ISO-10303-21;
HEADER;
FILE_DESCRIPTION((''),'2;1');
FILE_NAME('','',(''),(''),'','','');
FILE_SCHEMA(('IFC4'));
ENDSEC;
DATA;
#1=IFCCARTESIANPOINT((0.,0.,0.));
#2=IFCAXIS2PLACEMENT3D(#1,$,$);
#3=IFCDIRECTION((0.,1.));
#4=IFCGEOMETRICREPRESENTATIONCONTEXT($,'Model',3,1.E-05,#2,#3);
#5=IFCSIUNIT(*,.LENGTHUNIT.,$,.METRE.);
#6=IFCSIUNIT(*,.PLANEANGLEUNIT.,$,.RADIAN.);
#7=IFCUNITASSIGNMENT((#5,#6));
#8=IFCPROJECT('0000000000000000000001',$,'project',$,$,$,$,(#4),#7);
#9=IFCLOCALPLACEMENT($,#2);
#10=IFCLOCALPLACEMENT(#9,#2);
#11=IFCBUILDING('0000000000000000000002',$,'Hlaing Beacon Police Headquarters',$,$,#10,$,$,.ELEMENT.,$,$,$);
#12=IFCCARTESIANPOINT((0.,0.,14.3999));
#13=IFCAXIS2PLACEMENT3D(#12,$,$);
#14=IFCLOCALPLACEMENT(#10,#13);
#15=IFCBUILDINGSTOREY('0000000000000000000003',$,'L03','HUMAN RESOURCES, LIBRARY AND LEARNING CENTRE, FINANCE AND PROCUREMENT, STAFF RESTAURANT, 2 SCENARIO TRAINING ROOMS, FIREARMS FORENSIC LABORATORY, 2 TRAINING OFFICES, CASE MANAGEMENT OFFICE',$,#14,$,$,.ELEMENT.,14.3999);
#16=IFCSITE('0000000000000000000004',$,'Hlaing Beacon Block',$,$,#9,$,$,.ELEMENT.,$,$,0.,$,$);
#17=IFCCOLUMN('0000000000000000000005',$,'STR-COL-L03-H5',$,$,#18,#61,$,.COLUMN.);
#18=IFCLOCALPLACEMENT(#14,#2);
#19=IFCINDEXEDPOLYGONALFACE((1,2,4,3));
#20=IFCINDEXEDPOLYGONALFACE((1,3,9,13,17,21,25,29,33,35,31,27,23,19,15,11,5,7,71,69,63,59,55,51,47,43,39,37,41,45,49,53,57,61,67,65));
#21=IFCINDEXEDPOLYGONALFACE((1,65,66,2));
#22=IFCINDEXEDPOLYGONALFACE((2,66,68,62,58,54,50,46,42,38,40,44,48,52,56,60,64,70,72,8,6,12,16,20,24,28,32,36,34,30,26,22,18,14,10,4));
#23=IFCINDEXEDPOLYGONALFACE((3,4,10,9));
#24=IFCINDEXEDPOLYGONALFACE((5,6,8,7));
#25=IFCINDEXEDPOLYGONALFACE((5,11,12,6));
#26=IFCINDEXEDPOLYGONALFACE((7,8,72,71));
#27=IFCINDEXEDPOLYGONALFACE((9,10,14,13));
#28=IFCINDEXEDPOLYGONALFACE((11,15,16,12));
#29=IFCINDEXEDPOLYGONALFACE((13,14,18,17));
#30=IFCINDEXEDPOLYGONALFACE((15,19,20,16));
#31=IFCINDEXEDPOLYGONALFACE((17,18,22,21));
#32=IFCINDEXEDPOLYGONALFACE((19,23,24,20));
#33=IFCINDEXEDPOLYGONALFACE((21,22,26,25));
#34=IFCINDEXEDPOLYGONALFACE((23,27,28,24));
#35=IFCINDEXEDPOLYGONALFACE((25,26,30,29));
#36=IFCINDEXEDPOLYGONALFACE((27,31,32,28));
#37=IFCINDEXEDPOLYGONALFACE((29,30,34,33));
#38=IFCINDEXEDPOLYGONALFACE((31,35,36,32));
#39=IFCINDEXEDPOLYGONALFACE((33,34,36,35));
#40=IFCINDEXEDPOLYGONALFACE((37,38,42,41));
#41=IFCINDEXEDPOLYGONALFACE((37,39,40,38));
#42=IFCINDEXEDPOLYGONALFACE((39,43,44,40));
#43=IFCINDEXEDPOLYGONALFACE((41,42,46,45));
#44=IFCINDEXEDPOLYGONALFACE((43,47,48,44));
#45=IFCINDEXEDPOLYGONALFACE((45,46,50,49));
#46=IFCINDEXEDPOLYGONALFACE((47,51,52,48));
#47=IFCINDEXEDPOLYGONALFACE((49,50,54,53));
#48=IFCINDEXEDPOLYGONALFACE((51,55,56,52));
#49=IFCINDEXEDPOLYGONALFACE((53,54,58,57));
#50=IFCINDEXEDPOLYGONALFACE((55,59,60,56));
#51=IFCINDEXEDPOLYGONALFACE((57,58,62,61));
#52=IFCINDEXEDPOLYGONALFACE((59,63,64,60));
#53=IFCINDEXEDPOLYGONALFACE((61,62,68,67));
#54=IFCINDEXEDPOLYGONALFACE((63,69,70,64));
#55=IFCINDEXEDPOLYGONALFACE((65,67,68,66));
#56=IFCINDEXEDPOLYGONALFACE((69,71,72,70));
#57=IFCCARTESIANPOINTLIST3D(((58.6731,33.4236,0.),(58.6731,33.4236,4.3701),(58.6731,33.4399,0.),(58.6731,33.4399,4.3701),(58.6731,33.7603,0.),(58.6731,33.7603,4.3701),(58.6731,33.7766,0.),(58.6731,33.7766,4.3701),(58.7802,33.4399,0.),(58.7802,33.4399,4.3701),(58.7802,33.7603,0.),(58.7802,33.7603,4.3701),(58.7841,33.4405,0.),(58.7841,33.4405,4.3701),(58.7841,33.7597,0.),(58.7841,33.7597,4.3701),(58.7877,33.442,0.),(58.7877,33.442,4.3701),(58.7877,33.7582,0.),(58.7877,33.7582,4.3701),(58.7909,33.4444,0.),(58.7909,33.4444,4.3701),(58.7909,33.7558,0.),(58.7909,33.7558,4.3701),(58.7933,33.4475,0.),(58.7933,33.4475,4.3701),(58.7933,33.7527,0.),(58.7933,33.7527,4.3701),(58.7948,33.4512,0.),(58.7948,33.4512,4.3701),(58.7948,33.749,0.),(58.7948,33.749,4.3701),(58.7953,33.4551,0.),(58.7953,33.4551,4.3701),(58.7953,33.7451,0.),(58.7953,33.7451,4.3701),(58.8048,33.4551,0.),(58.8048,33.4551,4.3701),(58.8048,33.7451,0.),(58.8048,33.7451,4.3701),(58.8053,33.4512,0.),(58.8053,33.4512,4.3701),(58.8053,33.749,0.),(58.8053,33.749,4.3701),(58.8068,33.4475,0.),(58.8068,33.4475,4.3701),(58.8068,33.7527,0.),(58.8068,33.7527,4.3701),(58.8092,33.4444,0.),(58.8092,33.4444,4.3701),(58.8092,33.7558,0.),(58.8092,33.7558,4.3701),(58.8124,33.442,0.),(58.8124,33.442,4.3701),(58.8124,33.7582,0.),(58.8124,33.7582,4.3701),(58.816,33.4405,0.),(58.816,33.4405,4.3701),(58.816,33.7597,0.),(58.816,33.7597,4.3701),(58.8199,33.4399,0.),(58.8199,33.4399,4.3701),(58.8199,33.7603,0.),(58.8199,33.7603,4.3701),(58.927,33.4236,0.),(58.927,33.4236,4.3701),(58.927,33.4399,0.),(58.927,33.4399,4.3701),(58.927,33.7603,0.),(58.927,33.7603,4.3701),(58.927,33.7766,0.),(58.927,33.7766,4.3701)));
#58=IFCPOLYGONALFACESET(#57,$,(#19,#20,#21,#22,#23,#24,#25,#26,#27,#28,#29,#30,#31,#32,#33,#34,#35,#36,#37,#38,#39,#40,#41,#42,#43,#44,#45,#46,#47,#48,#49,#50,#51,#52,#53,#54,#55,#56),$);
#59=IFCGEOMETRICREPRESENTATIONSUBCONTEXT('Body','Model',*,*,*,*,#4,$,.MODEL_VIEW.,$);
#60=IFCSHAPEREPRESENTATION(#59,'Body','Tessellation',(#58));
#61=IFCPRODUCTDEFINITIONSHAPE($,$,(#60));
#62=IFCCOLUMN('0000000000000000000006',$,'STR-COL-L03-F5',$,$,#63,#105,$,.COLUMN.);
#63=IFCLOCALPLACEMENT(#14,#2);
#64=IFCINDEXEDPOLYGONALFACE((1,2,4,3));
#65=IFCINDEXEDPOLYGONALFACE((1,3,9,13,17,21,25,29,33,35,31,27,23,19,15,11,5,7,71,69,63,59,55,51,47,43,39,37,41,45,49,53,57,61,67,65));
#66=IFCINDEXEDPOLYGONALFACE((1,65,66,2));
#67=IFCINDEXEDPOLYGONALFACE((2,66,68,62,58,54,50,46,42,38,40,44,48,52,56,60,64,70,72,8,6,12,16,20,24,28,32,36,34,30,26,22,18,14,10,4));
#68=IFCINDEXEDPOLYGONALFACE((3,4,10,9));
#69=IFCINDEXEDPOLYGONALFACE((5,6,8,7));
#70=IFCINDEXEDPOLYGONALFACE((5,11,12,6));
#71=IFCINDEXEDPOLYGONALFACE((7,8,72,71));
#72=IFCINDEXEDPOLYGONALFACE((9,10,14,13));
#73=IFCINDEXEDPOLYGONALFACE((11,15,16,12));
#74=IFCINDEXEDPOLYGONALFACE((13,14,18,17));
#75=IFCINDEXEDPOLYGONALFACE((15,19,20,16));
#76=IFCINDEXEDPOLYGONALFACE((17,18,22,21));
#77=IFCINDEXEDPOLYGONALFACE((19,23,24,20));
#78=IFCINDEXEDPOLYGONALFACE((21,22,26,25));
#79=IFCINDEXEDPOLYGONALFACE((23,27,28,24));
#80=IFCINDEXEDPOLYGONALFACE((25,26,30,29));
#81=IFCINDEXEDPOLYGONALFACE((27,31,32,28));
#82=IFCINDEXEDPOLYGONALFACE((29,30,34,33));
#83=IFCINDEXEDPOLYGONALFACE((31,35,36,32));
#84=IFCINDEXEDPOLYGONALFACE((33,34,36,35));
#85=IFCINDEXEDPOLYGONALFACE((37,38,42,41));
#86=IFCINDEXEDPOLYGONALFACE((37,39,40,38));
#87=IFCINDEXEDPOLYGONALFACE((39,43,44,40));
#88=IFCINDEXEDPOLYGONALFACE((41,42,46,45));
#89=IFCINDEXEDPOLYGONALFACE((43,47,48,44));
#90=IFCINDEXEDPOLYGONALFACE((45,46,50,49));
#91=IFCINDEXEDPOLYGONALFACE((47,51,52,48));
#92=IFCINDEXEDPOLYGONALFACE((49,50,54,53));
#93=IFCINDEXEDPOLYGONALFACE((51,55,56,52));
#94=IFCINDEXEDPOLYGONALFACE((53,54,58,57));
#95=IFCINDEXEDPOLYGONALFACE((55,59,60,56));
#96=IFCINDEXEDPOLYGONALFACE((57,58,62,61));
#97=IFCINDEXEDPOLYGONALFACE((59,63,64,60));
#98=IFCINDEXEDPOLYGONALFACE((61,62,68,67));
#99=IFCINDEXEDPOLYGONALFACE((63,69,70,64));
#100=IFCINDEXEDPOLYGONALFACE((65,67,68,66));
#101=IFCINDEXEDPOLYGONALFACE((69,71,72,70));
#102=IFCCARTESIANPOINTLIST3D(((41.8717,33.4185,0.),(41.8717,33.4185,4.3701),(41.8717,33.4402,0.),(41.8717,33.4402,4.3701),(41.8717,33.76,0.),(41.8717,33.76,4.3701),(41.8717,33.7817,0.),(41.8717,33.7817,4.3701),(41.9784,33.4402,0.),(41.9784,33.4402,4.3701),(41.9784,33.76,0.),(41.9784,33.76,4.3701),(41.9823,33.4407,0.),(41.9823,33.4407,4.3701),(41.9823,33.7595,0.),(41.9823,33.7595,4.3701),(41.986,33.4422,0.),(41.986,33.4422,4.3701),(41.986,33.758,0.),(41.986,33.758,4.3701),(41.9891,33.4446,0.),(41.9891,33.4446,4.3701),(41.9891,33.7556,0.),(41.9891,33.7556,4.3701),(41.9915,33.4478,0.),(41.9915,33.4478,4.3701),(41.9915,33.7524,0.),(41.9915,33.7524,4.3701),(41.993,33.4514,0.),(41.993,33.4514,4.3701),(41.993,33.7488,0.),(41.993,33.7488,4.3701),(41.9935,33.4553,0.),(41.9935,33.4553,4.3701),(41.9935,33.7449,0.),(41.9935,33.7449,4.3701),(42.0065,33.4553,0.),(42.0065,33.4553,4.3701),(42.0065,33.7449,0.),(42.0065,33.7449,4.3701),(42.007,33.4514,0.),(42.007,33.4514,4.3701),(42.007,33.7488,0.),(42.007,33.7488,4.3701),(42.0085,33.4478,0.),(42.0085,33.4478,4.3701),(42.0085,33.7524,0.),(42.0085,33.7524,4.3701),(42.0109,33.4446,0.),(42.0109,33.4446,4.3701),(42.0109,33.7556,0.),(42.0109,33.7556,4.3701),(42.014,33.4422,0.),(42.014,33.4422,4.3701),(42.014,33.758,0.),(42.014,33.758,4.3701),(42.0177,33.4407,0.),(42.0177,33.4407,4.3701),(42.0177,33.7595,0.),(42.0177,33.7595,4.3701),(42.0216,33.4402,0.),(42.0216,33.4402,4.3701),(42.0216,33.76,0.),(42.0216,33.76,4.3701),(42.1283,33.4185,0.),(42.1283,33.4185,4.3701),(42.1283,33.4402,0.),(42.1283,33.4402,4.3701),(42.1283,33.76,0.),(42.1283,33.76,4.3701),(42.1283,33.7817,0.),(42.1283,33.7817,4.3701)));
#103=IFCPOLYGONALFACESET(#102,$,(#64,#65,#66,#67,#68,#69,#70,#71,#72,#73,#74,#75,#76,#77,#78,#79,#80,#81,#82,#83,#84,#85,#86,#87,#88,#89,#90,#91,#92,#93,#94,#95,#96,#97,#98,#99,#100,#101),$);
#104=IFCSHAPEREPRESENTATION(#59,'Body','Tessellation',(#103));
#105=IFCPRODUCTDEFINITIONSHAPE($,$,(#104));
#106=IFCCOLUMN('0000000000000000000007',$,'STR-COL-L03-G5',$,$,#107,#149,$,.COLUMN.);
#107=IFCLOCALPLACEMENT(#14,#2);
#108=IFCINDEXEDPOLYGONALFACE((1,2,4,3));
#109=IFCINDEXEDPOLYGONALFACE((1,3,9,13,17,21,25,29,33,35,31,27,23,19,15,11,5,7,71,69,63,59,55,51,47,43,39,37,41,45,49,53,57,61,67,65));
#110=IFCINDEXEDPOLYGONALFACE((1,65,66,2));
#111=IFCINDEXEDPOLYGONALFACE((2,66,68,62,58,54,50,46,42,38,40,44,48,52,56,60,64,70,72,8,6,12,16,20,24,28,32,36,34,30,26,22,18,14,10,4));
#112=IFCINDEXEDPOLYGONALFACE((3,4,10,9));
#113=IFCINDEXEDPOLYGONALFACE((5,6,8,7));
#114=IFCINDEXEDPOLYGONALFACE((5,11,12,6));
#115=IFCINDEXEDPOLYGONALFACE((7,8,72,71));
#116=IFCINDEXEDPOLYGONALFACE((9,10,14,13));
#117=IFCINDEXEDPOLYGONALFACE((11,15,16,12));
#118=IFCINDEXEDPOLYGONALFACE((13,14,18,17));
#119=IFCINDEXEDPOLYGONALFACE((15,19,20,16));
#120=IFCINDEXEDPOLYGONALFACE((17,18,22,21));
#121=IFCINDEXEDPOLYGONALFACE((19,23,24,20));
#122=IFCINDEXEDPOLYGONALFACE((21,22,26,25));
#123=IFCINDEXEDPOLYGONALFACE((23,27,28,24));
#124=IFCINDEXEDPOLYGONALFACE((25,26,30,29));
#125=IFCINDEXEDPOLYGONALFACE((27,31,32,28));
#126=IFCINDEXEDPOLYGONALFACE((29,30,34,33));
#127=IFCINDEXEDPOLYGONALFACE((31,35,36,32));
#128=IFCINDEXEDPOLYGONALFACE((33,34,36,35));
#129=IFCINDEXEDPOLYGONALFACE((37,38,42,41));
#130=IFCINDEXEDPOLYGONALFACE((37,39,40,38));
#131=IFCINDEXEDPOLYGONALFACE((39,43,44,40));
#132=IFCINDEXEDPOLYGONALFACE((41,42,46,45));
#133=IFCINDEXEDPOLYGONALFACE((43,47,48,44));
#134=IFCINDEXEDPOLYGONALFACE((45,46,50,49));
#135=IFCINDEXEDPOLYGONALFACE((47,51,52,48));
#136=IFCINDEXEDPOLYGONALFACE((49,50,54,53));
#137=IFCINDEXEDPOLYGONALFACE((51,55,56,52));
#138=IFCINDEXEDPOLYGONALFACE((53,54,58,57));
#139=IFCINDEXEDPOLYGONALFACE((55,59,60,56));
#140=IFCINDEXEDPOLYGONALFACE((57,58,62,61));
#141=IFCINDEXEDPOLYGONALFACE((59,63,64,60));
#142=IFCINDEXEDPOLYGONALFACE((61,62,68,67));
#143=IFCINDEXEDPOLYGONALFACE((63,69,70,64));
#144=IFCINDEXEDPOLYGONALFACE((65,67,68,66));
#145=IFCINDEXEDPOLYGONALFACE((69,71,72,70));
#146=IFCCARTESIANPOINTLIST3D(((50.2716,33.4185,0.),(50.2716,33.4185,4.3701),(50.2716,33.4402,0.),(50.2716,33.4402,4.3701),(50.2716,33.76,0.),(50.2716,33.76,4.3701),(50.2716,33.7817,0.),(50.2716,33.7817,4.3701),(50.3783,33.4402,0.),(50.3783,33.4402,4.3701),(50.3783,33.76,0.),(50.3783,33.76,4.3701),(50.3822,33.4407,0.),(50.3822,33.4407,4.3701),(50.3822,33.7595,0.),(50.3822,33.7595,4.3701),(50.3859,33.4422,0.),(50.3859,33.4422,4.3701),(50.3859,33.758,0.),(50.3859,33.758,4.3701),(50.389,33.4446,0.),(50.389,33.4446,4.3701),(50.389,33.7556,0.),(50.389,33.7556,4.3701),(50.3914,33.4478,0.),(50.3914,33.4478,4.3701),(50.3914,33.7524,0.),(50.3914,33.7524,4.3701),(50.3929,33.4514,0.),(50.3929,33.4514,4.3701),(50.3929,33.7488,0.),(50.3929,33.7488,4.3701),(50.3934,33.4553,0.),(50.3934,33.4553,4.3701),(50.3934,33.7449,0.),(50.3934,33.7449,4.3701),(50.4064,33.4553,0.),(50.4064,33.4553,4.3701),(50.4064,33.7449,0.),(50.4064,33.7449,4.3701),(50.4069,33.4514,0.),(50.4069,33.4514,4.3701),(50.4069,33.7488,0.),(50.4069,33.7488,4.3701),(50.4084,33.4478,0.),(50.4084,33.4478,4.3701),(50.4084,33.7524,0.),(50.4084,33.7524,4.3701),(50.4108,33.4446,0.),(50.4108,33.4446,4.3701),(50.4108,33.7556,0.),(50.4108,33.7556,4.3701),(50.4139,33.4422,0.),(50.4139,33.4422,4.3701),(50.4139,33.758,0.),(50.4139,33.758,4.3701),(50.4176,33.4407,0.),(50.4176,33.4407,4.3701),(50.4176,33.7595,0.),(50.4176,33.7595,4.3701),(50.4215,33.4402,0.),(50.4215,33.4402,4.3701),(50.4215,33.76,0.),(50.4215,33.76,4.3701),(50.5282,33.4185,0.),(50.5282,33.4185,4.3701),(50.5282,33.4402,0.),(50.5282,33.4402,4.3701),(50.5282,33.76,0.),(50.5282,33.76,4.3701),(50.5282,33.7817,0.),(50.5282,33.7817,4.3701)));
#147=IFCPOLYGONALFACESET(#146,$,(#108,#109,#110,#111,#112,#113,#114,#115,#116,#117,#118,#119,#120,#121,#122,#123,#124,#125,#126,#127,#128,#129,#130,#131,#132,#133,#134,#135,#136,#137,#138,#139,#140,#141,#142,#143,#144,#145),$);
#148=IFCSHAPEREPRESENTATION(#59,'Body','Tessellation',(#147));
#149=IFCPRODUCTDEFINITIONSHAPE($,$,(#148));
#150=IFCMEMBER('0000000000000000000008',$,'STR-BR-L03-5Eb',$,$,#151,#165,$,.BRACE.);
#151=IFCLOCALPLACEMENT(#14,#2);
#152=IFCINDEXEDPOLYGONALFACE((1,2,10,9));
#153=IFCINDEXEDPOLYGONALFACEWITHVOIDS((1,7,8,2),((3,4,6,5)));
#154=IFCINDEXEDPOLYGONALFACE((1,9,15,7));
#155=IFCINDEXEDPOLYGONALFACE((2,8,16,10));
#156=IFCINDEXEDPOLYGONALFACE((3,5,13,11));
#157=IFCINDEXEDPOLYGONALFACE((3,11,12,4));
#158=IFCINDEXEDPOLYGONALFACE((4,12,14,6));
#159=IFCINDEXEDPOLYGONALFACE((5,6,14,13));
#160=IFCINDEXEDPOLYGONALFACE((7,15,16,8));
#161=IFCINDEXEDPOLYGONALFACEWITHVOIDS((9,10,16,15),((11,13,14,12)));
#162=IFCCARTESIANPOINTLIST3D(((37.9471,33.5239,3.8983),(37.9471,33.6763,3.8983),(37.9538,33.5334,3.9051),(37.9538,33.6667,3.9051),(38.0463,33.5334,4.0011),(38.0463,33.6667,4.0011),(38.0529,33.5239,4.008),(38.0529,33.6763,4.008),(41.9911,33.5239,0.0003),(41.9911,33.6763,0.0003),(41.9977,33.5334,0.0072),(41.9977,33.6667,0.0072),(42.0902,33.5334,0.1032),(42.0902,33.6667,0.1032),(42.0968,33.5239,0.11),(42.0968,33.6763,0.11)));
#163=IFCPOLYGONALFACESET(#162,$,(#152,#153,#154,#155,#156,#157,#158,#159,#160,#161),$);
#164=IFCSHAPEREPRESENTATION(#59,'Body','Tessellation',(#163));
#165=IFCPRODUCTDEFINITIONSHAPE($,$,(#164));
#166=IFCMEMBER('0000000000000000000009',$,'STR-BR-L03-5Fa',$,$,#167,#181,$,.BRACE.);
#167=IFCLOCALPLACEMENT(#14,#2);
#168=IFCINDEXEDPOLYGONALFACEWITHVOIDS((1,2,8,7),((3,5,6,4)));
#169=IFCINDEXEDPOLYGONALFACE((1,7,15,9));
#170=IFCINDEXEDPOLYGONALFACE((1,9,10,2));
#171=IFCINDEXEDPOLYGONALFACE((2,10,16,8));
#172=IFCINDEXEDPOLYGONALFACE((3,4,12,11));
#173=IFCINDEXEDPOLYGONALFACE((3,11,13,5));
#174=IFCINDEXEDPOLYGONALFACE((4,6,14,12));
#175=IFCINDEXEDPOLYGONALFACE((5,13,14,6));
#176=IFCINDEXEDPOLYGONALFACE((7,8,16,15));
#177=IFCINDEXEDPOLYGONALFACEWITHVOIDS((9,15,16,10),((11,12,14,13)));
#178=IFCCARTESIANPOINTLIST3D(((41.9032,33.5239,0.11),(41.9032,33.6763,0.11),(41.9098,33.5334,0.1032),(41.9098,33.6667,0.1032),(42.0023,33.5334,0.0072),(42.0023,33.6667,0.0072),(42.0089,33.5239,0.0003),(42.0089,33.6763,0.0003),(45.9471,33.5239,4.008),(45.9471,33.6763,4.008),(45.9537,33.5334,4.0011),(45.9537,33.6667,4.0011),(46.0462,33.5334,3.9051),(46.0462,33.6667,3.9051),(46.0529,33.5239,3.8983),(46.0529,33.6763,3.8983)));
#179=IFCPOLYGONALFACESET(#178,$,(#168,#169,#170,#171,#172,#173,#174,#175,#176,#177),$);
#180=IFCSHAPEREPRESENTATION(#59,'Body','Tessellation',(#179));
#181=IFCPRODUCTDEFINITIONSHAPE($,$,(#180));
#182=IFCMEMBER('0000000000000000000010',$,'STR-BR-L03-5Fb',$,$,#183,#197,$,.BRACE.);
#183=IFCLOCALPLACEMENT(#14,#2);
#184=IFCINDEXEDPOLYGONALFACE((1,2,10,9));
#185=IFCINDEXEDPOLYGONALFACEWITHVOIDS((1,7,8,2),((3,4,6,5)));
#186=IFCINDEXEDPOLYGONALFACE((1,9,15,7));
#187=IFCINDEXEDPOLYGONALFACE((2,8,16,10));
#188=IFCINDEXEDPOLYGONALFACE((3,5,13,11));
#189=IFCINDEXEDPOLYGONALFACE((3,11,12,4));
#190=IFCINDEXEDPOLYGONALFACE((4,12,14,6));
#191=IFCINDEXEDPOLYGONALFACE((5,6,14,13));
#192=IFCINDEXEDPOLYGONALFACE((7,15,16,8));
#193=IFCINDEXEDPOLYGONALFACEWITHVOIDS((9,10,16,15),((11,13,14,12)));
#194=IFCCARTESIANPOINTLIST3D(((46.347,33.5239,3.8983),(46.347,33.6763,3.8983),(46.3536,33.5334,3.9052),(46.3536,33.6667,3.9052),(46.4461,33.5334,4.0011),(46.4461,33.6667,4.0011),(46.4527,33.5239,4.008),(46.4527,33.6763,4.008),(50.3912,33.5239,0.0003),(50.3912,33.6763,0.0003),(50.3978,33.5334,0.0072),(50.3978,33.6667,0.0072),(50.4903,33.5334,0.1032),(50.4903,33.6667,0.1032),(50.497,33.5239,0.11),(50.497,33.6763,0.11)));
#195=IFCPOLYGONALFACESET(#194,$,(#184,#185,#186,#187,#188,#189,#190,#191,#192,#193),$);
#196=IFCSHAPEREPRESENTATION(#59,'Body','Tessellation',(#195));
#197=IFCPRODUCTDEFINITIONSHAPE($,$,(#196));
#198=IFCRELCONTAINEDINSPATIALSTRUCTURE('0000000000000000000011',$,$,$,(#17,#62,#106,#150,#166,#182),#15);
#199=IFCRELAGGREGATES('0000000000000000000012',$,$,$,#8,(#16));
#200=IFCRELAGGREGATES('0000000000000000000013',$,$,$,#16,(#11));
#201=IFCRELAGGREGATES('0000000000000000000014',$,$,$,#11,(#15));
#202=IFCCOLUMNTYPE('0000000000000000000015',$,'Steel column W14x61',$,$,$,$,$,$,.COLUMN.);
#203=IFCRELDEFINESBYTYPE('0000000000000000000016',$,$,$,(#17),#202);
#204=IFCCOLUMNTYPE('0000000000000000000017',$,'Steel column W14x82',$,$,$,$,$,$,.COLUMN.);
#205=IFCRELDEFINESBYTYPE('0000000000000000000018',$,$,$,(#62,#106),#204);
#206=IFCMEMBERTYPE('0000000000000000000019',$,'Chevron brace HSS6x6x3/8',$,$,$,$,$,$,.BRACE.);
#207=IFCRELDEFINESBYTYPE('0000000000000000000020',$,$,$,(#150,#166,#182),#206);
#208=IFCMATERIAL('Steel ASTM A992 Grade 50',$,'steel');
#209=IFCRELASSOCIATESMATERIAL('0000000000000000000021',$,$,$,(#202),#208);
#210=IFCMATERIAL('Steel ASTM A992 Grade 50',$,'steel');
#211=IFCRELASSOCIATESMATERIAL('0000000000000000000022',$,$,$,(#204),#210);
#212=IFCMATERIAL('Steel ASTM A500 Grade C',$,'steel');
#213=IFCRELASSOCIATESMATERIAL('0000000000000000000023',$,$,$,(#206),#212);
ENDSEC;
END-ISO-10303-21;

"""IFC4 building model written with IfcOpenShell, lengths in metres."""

from ifc_helpers import new_model, si_unit, direction, frame, origin, origin_2d, place, context, subcontext, project, spatial, hollow_rectangle, i_section, extrude, material, material_profile, profile_set, type_object, element, save


model = new_model("IFC4")

# Units and contexts
model_context = context("Model", 3, precision=1e-05, world=origin(), true_north=direction((0.0, 1.0)))
body_context = subcontext(model_context, "Body", "Model", "MODEL_VIEW")
ifc_project = project(units=[si_unit("LENGTHUNIT", "METRE"), si_unit("PLANEANGLEUNIT", "RADIAN")], contexts=[model_context])

# Site, building, storey
site_placement = place(None, origin())
site = spatial("IfcSite", under=ifc_project, at=site_placement, Name="Hlaing Beacon Block", CompositionType="ELEMENT", RefElevation=0.0)
building_placement = place(site_placement, origin())
building = spatial("IfcBuilding", under=site, at=building_placement, Name="Hlaing Beacon Police Headquarters", CompositionType="ELEMENT")
storey_placement = place(building_placement, frame((0.0, 0.0, 14.3999)))
storey = spatial("IfcBuildingStorey", under=building, at=storey_placement, Name="L03", Description="HUMAN RESOURCES, LIBRARY AND LEARNING CENTRE, FINANCE AND PROCUREMENT, STAFF RESTAURANT, 2 SCENARIO TRAINING ROOMS, FIREARMS FORENSIC LABORATORY, 2 TRAINING OFFICES, CASE MANAGEMENT OFFICE", CompositionType="ELEMENT", Elevation=14.3999)

# Columns
ifc_material_1 = material(Name="Steel ASTM A992 Grade 50", Category="steel")
ifc_material_profile_1 = material_profile(ifc_material_1, i_section(OverallWidth=0.2539, OverallDepth=0.353, WebThickness=0.0095, FlangeThickness=0.0164, FilletRadius=0.0151, at=origin_2d()), Name="W14x61")
ifc_profile_set_1 = profile_set([ifc_material_profile_1], Name="Steel ASTM A992 Grade 50")
column_type_1 = type_object("IfcColumnType", Name="Steel column W14x61", PredefinedType="COLUMN", material=ifc_profile_set_1)
column_placement = place(storey_placement, frame((58.8, 33.6001, 0.0), z_axis=(0.0, 0.0, 1.0), x_axis=(1.0, 0.0, 0.0)))
element("IfcColumn", 1, at=column_placement, inside=storey, type_object=column_type_1, Name="STR-COL-L03-H5", PredefinedType="COLUMN", context=body_context, shape_type="SweptSolid", body=[
    extrude(i_section(OverallWidth=0.2539, OverallDepth=0.353, WebThickness=0.0095, FlangeThickness=0.0164, FilletRadius=0.0151, at=origin_2d()), origin(), (0.0, 0.0, 1.0), 4.3701),
])
ifc_material_2 = material(Name="Steel ASTM A992 Grade 50", Category="steel")
ifc_material_profile_2 = material_profile(ifc_material_2, i_section(OverallWidth=0.2566, OverallDepth=0.3633, WebThickness=0.0129, FlangeThickness=0.0217, FilletRadius=0.0151, at=origin_2d()), Name="W14x82")
ifc_profile_set_2 = profile_set([ifc_material_profile_2], Name="Steel ASTM A992 Grade 50")
column_type_2 = type_object("IfcColumnType", Name="Steel column W14x82", PredefinedType="COLUMN", material=ifc_profile_set_2)
for number, where, z_axis, x_axis, name in (
    (2, (42.0, 33.6001, 0.0), (0.0, 0.0, 1.0), (1.0, 0.0, 0.0), "STR-COL-L03-F5"),
    (3, (50.3999, 33.6001, 0.0), (0.0, 0.0, 1.0), (1.0, 0.0, 0.0), "STR-COL-L03-G5"),
):
    element("IfcColumn", number, at=place(storey_placement, frame(where, z_axis=z_axis, x_axis=x_axis)), inside=storey, type_object=column_type_2, Name=name, PredefinedType="COLUMN", context=body_context, shape_type="SweptSolid", body=[
        extrude(i_section(OverallWidth=0.2566, OverallDepth=0.3633, WebThickness=0.0129, FlangeThickness=0.0217, FilletRadius=0.0151, at=origin_2d()), origin(), (0.0, 0.0, 1.0), 4.3701),
    ])

# Members
ifc_material_3 = material(Name="Steel ASTM A500 Grade C", Category="steel")
ifc_material_profile_3 = material_profile(ifc_material_3, hollow_rectangle(XDim=0.1523, YDim=0.1523, WallThickness=0.0095, at=origin_2d()), Name="HSS6x6x3/8")
ifc_profile_set_3 = profile_set([ifc_material_profile_3], Name="Steel ASTM A500 Grade C")
member_type_1 = type_object("IfcMemberType", Name="Chevron brace HSS6x6x3/8", PredefinedType="BRACE", material=ifc_profile_set_3)
for number, where, z_axis, x_axis, name in (
    (4, (42.0439, 33.6001, 0.0552), (-0.719984, 0.0, 0.693991), (0.0, -1.0, 0.0), "STR-BR-L03-5Eb"),
    (5, (41.9561, 33.6001, 0.0552), (0.719984, 0.0, 0.693991), (0.0, 1.0, 0.0), "STR-BR-L03-5Fa"),
):
    element("IfcMember", number, at=place(storey_placement, frame(where, z_axis=z_axis, x_axis=x_axis)), inside=storey, type_object=member_type_1, Name=name, PredefinedType="BRACE", context=body_context, shape_type="SweptSolid", body=[
        extrude(hollow_rectangle(XDim=0.1523, YDim=0.1523, WallThickness=0.0095, at=origin_2d()), origin(), (0.0, 0.0, 1.0), 5.6167),
    ])
member_1_placement = place(storey_placement, frame((50.4441, 33.6001, 0.0552), z_axis=(-0.720005, 0.0, 0.693969), x_axis=(0.0, -1.0, 0.0)))
element("IfcMember", 6, at=member_1_placement, inside=storey, type_object=member_type_1, Name="STR-BR-L03-5Fb", PredefinedType="BRACE", context=body_context, shape_type="SweptSolid", body=[
    extrude(hollow_rectangle(XDim=0.1523, YDim=0.1523, WallThickness=0.0095, at=origin_2d()), origin(), (0.0, 0.0, 1.0), 5.6169),
])

save(model, "model.ifc")
